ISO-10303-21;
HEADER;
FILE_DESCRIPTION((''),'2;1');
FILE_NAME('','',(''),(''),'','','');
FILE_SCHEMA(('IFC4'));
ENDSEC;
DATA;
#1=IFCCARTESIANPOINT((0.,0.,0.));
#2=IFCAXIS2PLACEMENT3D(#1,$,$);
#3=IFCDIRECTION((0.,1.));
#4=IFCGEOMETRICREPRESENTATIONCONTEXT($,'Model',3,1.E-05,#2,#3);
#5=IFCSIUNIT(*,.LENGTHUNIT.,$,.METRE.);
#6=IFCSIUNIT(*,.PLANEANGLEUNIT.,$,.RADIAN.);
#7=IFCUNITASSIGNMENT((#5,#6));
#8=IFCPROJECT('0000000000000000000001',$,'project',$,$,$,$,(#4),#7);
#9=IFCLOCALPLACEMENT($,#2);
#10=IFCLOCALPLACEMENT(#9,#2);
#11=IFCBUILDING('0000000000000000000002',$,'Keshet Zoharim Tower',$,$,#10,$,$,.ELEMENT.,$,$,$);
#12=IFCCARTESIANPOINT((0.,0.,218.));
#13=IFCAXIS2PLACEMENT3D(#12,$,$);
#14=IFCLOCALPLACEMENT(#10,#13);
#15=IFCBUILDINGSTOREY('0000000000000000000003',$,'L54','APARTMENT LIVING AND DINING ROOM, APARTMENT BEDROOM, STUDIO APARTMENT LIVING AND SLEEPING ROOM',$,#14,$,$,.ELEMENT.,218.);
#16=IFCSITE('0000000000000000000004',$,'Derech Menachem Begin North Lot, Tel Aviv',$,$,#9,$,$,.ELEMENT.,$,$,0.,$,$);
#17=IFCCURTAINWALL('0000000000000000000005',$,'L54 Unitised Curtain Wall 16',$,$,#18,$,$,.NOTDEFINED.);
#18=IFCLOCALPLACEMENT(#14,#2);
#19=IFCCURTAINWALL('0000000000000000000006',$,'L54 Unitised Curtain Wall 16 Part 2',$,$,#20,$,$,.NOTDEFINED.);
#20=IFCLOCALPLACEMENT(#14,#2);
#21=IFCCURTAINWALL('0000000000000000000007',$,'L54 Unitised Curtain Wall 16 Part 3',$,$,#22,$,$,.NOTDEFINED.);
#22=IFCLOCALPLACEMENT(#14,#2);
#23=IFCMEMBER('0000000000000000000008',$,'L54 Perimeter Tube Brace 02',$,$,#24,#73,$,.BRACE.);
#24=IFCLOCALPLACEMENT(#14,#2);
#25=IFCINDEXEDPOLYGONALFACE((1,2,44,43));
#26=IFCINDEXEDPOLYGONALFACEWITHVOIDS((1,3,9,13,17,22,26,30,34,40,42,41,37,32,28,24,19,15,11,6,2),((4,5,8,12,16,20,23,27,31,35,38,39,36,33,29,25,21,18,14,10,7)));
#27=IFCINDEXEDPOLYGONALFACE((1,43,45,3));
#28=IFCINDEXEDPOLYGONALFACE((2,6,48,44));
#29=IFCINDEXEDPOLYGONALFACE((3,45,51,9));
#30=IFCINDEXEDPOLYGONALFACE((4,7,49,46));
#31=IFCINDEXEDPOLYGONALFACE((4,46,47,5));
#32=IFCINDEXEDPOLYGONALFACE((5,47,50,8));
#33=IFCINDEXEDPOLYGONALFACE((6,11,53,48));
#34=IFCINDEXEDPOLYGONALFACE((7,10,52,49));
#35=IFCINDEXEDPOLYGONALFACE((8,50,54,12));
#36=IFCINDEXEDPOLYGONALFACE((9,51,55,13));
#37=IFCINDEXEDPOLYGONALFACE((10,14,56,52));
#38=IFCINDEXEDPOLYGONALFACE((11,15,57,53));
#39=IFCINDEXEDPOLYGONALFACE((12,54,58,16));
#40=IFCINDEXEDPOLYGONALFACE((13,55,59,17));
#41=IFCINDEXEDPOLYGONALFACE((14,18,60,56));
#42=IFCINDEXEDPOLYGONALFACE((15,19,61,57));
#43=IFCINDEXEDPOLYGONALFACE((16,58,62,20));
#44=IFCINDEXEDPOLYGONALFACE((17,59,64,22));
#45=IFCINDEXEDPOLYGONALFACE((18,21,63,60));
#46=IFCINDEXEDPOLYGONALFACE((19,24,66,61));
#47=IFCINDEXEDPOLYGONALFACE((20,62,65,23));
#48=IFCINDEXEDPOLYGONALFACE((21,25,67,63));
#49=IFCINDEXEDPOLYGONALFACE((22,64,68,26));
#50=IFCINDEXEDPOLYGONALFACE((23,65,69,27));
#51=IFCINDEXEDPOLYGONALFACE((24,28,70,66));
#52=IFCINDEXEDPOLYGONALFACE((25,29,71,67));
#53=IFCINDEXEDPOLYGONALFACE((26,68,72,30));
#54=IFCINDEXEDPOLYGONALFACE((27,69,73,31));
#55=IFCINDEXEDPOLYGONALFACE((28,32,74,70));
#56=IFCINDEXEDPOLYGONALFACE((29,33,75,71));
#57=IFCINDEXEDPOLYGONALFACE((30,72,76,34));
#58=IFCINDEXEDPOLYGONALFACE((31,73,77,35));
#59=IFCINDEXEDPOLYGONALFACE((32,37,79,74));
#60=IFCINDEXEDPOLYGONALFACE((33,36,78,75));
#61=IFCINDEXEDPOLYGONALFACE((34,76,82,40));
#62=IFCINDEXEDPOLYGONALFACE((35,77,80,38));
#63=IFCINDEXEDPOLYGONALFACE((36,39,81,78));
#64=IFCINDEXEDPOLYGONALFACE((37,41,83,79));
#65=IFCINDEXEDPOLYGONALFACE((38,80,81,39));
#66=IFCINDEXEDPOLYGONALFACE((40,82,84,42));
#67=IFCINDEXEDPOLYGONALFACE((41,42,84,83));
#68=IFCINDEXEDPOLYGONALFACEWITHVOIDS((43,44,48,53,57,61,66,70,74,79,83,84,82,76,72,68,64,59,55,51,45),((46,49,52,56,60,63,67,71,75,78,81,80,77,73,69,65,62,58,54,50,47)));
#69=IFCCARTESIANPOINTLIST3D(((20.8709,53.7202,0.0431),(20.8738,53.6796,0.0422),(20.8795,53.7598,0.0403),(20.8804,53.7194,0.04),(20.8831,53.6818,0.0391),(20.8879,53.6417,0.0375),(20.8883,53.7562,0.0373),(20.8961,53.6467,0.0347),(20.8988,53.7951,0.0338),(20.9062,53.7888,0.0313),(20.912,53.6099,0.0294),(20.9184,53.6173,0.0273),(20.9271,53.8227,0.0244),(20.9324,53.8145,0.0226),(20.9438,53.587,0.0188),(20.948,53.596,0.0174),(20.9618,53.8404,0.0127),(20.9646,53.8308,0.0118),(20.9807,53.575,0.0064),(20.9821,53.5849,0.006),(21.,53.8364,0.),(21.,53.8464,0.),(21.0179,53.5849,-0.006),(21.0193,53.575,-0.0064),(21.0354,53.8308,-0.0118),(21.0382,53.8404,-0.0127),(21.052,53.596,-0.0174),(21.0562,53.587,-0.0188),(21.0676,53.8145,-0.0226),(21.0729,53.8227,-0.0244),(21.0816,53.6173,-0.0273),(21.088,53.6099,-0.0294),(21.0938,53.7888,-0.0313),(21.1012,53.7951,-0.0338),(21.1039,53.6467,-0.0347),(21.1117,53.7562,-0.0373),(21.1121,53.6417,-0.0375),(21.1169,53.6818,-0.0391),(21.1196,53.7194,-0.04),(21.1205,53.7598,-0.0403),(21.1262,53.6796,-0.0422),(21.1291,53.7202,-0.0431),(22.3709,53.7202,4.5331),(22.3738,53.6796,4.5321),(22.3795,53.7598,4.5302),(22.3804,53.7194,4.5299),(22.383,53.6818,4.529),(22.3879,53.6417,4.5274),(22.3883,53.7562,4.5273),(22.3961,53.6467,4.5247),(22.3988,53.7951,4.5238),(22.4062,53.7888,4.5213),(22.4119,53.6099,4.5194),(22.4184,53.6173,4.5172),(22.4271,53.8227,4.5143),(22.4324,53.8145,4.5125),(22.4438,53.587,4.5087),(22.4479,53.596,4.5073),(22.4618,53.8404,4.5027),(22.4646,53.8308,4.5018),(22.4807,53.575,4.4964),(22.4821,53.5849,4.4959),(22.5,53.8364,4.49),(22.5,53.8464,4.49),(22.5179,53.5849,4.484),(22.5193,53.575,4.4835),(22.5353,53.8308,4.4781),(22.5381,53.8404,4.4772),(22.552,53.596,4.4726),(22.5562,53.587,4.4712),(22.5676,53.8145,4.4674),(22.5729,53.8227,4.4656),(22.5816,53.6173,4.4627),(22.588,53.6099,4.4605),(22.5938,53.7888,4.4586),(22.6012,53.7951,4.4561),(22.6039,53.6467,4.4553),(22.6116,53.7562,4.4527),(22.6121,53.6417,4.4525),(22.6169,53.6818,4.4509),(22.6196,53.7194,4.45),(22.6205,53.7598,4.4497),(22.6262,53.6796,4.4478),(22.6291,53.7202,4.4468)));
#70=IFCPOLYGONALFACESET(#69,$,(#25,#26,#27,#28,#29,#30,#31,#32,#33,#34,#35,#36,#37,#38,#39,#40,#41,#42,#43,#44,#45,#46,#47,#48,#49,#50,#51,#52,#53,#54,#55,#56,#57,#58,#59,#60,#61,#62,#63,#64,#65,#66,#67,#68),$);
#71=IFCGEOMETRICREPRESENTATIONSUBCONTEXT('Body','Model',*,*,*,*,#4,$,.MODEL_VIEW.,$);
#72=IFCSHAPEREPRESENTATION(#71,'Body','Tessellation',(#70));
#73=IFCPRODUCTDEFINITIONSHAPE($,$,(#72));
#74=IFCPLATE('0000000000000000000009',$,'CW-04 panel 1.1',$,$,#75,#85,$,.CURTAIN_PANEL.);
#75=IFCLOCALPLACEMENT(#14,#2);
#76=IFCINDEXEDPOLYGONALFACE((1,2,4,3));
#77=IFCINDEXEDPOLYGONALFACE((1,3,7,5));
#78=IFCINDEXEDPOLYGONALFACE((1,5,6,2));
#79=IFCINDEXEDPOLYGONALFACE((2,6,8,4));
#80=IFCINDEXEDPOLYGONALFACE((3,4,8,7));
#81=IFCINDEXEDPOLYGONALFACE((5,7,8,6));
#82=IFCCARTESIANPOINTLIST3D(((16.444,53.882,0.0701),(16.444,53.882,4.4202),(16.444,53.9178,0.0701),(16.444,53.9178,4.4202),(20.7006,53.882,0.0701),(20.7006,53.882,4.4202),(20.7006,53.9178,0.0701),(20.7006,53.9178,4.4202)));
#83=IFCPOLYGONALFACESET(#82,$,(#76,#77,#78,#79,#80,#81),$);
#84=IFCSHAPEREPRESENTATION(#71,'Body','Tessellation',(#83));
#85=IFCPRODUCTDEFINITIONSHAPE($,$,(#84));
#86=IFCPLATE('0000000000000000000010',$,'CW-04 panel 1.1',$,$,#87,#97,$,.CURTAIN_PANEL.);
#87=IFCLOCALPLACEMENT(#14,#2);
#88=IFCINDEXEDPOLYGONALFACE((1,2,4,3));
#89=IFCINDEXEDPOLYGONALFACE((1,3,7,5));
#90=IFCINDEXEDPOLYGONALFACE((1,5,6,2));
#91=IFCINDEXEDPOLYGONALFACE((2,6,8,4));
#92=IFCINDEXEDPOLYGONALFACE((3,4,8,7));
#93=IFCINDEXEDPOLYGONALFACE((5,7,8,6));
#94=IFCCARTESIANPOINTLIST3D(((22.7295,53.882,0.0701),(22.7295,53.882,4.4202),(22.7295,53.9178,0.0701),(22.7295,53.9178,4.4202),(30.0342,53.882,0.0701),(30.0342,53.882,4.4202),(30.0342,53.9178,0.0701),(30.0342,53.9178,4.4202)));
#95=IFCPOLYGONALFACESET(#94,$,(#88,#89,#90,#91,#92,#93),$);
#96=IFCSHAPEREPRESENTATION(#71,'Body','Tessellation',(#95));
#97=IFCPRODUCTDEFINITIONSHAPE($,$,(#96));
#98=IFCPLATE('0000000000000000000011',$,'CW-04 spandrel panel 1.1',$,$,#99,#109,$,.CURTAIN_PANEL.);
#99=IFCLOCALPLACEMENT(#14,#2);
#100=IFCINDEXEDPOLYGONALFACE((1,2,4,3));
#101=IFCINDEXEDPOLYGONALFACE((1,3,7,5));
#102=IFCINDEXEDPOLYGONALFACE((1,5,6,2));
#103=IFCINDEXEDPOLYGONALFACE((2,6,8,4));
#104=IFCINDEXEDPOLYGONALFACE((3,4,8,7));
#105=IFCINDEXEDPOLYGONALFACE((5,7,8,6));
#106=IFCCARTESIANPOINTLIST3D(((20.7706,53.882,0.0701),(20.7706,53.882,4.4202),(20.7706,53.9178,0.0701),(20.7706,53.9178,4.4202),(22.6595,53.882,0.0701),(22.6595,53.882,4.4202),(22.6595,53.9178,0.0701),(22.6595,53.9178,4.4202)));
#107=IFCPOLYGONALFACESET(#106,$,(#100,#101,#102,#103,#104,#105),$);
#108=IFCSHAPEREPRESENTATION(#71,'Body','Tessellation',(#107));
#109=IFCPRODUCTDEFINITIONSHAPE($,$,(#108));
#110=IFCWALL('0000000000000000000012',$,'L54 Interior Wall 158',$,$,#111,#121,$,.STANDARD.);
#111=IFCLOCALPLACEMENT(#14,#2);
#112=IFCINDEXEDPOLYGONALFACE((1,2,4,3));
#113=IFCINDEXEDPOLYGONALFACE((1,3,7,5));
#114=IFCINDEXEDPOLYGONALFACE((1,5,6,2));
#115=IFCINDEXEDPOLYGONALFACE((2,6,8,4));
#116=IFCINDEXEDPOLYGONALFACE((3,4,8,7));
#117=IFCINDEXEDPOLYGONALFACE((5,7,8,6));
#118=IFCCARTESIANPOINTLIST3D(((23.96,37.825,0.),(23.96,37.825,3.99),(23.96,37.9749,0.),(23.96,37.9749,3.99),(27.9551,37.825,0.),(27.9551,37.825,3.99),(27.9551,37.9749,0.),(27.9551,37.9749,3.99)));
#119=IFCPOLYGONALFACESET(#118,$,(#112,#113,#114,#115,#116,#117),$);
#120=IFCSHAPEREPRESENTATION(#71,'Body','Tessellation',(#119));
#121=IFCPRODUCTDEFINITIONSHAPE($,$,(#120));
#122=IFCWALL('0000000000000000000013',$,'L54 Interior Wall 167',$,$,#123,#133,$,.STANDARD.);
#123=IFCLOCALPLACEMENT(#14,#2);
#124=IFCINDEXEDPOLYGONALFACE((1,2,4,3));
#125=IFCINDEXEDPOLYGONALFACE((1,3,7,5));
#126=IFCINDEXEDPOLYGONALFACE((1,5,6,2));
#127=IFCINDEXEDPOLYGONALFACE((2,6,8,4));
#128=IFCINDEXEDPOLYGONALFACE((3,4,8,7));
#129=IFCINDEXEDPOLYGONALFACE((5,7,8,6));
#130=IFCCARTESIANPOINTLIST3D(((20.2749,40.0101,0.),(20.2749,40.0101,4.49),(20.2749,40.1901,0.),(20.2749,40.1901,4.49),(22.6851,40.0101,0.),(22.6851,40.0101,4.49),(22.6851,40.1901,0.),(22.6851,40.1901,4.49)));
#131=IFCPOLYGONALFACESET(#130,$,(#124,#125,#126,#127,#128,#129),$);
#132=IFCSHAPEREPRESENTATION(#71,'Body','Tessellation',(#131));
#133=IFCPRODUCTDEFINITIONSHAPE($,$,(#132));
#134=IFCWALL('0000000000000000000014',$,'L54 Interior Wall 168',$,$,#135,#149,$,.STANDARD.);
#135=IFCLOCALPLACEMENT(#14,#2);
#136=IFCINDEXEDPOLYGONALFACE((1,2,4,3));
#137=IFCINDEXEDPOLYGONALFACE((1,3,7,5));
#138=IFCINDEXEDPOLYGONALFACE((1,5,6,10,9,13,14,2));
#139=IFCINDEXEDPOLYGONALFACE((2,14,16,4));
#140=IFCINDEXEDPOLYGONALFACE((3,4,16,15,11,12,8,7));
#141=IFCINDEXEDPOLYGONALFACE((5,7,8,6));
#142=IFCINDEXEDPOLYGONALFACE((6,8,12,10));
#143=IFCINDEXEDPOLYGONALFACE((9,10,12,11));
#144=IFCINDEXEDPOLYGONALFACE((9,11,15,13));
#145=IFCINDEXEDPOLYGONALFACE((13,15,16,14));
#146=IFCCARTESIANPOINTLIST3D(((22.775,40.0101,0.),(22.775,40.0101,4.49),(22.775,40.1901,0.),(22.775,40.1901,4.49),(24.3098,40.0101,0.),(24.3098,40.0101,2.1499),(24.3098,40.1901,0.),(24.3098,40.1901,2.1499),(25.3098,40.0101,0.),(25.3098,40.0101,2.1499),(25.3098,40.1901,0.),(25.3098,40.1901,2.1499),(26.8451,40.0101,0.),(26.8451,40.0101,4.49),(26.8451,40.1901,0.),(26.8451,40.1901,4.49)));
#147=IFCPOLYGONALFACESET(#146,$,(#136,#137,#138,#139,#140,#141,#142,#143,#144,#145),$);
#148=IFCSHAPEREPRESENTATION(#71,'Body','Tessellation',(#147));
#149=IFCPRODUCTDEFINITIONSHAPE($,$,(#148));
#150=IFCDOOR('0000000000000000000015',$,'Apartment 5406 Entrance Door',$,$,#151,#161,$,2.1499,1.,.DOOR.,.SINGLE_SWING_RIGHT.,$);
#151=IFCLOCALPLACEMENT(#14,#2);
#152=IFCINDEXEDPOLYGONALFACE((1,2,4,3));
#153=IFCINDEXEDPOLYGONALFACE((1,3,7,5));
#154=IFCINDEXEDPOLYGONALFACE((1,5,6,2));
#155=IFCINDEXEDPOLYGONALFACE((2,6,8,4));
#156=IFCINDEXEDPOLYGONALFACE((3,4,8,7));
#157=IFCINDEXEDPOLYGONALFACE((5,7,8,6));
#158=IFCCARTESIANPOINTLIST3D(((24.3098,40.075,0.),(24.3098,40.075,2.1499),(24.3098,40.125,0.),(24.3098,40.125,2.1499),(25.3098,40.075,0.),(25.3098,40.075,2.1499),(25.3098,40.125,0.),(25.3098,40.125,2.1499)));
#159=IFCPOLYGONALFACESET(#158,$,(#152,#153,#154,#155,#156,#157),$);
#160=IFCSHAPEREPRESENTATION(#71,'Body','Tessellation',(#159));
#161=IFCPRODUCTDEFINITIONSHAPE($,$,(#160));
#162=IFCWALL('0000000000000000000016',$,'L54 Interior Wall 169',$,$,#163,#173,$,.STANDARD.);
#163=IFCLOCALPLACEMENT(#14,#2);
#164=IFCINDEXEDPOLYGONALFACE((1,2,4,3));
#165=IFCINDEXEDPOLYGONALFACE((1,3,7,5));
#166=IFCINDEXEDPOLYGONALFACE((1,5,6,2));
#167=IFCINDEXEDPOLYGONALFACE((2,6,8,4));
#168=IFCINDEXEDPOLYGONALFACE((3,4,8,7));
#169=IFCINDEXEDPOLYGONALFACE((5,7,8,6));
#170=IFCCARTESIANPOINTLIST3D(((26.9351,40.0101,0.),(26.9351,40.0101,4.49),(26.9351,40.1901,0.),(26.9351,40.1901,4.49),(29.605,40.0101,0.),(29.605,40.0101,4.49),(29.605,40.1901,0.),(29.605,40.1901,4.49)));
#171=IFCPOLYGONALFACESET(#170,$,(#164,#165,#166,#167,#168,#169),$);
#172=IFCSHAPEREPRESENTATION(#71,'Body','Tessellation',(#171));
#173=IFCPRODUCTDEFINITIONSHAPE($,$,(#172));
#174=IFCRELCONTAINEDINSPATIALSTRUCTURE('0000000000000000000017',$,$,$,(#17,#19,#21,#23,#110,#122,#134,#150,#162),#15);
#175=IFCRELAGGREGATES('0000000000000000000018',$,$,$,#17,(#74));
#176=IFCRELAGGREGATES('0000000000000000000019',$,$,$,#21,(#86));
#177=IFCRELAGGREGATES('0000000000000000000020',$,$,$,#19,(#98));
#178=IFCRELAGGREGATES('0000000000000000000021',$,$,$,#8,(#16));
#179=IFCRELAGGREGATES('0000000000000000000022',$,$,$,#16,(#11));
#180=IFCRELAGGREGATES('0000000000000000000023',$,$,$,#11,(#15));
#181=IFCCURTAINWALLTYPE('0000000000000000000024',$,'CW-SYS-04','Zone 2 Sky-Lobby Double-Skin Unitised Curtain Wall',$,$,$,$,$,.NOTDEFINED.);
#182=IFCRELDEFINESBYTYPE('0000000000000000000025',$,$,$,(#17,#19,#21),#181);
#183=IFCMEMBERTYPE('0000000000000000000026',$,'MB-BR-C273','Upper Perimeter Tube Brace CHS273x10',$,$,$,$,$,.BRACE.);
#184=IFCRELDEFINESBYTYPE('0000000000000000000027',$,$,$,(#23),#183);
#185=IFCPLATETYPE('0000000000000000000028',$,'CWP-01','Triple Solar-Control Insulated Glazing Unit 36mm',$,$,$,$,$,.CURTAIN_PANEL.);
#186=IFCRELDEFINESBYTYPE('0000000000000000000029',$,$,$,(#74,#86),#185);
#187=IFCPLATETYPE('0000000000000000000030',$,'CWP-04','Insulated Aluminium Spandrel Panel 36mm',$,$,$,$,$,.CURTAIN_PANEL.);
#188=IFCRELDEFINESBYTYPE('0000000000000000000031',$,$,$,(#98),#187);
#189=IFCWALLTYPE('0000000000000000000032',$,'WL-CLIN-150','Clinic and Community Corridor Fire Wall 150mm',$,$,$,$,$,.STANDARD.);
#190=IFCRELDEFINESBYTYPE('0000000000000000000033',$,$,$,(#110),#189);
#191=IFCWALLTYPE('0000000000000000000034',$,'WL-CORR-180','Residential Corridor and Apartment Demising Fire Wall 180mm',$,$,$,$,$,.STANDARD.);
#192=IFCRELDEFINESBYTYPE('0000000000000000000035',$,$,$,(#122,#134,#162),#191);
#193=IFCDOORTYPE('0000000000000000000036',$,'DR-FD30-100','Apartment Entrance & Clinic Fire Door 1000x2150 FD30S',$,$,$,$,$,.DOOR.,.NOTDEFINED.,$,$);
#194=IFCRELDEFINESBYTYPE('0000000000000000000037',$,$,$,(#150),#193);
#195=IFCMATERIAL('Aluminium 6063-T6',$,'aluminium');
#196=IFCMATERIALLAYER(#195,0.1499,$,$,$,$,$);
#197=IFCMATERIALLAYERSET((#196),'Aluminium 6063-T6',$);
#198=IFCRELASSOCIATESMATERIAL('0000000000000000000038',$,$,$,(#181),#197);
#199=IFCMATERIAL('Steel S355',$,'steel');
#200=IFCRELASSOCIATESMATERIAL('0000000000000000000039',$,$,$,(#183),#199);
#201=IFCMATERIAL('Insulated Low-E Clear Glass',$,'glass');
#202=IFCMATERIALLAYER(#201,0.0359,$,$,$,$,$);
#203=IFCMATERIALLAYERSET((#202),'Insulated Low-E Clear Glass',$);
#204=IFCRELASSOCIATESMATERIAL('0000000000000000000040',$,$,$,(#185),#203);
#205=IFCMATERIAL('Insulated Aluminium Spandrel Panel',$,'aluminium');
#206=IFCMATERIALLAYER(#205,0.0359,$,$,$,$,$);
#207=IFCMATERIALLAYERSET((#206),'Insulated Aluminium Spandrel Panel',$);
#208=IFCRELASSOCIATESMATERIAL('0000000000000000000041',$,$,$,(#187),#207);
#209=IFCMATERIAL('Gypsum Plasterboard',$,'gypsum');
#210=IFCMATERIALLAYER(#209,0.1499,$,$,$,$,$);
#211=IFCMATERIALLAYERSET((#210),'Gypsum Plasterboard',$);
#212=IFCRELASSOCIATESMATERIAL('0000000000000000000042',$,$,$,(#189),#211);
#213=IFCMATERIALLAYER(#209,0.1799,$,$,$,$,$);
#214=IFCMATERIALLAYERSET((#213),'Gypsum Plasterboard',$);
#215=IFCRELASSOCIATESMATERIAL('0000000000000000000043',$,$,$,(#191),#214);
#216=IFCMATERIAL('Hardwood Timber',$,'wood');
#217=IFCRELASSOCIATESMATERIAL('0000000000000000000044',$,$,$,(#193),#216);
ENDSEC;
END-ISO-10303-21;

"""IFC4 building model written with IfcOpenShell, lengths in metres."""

from ifc_helpers import new_model, si_unit, direction, frame, frame_2d, origin, origin_2d, place, context, subcontext, project, spatial, rectangle, hollow_circle, extrude, material, layer, layer_set, material_profile, profile_set, type_object, element, fill, aggregate, save


model = new_model("IFC4")

# Units and contexts
model_context = context("Model", 3, precision=1e-05, world=origin(), true_north=direction((0.0, 1.0)))
body_context = subcontext(model_context, "Body", "Model", "MODEL_VIEW")
ifc_project = project(units=[si_unit("LENGTHUNIT", "METRE"), si_unit("PLANEANGLEUNIT", "RADIAN")], contexts=[model_context])

# Site, building, storey
site_placement = place(None, origin())
site = spatial("IfcSite", under=ifc_project, at=site_placement, Name="Derech Menachem Begin North Lot, Tel Aviv", CompositionType="ELEMENT", RefElevation=0.0)
building_placement = place(site_placement, origin())
building = spatial("IfcBuilding", under=site, at=building_placement, Name="Keshet Zoharim Tower", CompositionType="ELEMENT")
storey_placement = place(building_placement, frame((0.0, 0.0, 218.0)))
storey = spatial("IfcBuildingStorey", under=building, at=storey_placement, Name="L54", Description="APARTMENT LIVING AND DINING ROOM, APARTMENT BEDROOM, STUDIO APARTMENT LIVING AND SLEEPING ROOM", CompositionType="ELEMENT", Elevation=218.0)

# Shared definitions
ifc_material_1 = material(Name="Steel S355", Category="steel")

# Curtain wall
ifc_material_2 = material(Name="Aluminium 6063-T6", Category="aluminium")
ifc_layer_1 = layer(ifc_material_2, 0.1499)
ifc_layer_set_1 = layer_set([ifc_layer_1], Name="Aluminium 6063-T6")
curtain_wall_type = type_object("IfcCurtainWallType", Name="CW-SYS-04", Description="Zone 2 Sky-Lobby Double-Skin Unitised Curtain Wall", PredefinedType="NOTDEFINED", material=ifc_layer_set_1)
curtain_wall_1_placement = place(storey_placement, origin())
curtain_wall_1 = element("IfcCurtainWall", 1, at=curtain_wall_1_placement, inside=storey, type_object=curtain_wall_type, Name="L54 Unitised Curtain Wall 16", PredefinedType="NOTDEFINED")

# Curtain walls
curtain_wall_2_placement = place(storey_placement, origin())
curtain_wall_2 = element("IfcCurtainWall", 2, at=curtain_wall_2_placement, inside=storey, type_object=curtain_wall_type, Name="L54 Unitised Curtain Wall 16 Part 2", PredefinedType="NOTDEFINED")
curtain_wall_3_placement = place(storey_placement, origin())
curtain_wall_3 = element("IfcCurtainWall", 3, at=curtain_wall_3_placement, inside=storey, type_object=curtain_wall_type, Name="L54 Unitised Curtain Wall 16 Part 3", PredefinedType="NOTDEFINED")

# Member
ifc_material_profile_1 = material_profile(ifc_material_1, hollow_circle(Radius=0.1365, WallThickness=0.01, at=origin_2d()), Name="CHS273x10")
ifc_profile_set_1 = profile_set([ifc_material_profile_1], Name="Steel S355")
member_type_1 = type_object("IfcMemberType", Name="MB-BR-C273", Description="Upper Perimeter Tube Brace CHS273x10", PredefinedType="BRACE", material=ifc_profile_set_1)
member_1_placement = place(storey_placement, frame((21.0, 53.71, 0.0), z_axis=(0.316862, 0.0, 0.948472), x_axis=(0.0, 1.0, 0.0)))
element("IfcMember", 4, at=member_1_placement, inside=storey, type_object=member_type_1, Name="L54 Perimeter Tube Brace 02", PredefinedType="BRACE", context=body_context, shape_type="SweptSolid", body=[
    extrude(hollow_circle(Radius=0.1365, WallThickness=0.01, at=origin_2d()), origin(), (0.0, 0.0, 1.0), 4.7339),
])

# Plates
ifc_material_3 = material(Name="Insulated Low-E Clear Glass", Category="glass")
ifc_layer_2 = layer(ifc_material_3, 0.0359)
ifc_layer_set_2 = layer_set([ifc_layer_2], Name="Insulated Low-E Clear Glass")
plate_type_1 = type_object("IfcPlateType", Name="CWP-01", Description="Triple Solar-Control Insulated Glazing Unit 36mm", PredefinedType="CURTAIN_PANEL", material=ifc_layer_set_2)
plate_1_placement = place(storey_placement, frame((18.5723, 53.8999, 0.0701), z_axis=(0.0, 0.0, 1.0), x_axis=(1.0, 0.0, 0.0)))
plate_1 = element("IfcPlate", 5, at=plate_1_placement, type_object=plate_type_1, Name="CW-04 panel 1.1", PredefinedType="CURTAIN_PANEL", context=body_context, shape_type="SweptSolid", body=[
    extrude(rectangle(XDim=4.2566, YDim=0.0359, at=origin_2d()), origin(), (0.0, 0.0, 1.0), 4.3501),
])
aggregate(curtain_wall_1, [plate_1])
plate_2_placement = place(storey_placement, frame((26.3818, 53.8999, 0.0701), z_axis=(0.0, 0.0, 1.0), x_axis=(1.0, 0.0, 0.0)))
plate_2 = element("IfcPlate", 6, at=plate_2_placement, type_object=plate_type_1, Name="CW-04 panel 1.1", PredefinedType="CURTAIN_PANEL", context=body_context, shape_type="SweptSolid", body=[
    extrude(rectangle(XDim=7.3047, YDim=0.0359, at=origin_2d()), origin(), (0.0, 0.0, 1.0), 4.3501),
])
aggregate(curtain_wall_3, [plate_2])
ifc_material_4 = material(Name="Insulated Aluminium Spandrel Panel", Category="aluminium")
ifc_layer_3 = layer(ifc_material_4, 0.0359)
ifc_layer_set_3 = layer_set([ifc_layer_3], Name="Insulated Aluminium Spandrel Panel")
plate_type_2 = type_object("IfcPlateType", Name="CWP-04", Description="Insulated Aluminium Spandrel Panel 36mm", PredefinedType="CURTAIN_PANEL", material=ifc_layer_set_3)
plate_3_placement = place(storey_placement, frame((21.7151, 53.8999, 0.0701), z_axis=(0.0, 0.0, 1.0), x_axis=(1.0, 0.0, 0.0)))
plate_3 = element("IfcPlate", 7, at=plate_3_placement, type_object=plate_type_2, Name="CW-04 spandrel panel 1.1", PredefinedType="CURTAIN_PANEL", context=body_context, shape_type="SweptSolid", body=[
    extrude(rectangle(XDim=1.8889, YDim=0.0359, at=origin_2d()), origin(), (0.0, 0.0, 1.0), 4.3501),
])
aggregate(curtain_wall_2, [plate_3])

# Walls
ifc_material_5 = material(Name="Gypsum Plasterboard", Category="gypsum")
ifc_layer_4 = layer(ifc_material_5, 0.1499)
ifc_layer_set_4 = layer_set([ifc_layer_4], Name="Gypsum Plasterboard")
wall_type_1 = type_object("IfcWallType", Name="WL-CLIN-150", Description="Clinic and Community Corridor Fire Wall 150mm", PredefinedType="STANDARD", material=ifc_layer_set_4)
wall_1_placement = place(storey_placement, frame((23.96, 37.8999, 0.0), z_axis=(0.0, 0.0, 1.0), x_axis=(1.0, 0.0, 0.0)))
element("IfcWall", 8, at=wall_1_placement, inside=storey, type_object=wall_type_1, Name="L54 Interior Wall 158", PredefinedType="STANDARD", context=body_context, shape_type="SweptSolid", body=[
    extrude(rectangle(XDim=3.9951, YDim=0.1499, at=frame_2d((1.9976, 0.0))), origin(), (0.0, 0.0, 1.0), 3.99),
])
ifc_layer_5 = layer(ifc_material_5, 0.1799)
ifc_layer_set_5 = layer_set([ifc_layer_5], Name="Gypsum Plasterboard")
wall_type_2 = type_object("IfcWallType", Name="WL-CORR-180", Description="Residential Corridor and Apartment Demising Fire Wall 180mm", PredefinedType="STANDARD", material=ifc_layer_set_5)
wall_2_placement = place(storey_placement, frame((20.2749, 40.1001, 0.0), z_axis=(0.0, 0.0, 1.0), x_axis=(1.0, 0.0, 0.0)))
element("IfcWall", 9, at=wall_2_placement, inside=storey, type_object=wall_type_2, Name="L54 Interior Wall 167", PredefinedType="STANDARD", context=body_context, shape_type="SweptSolid", body=[
    extrude(rectangle(XDim=2.4102, YDim=0.1799, at=frame_2d((1.2051, 0.0))), origin(), (0.0, 0.0, 1.0), 4.49),
])

# Wall, opening, door
wall_3_placement = place(storey_placement, frame((22.7749, 40.1001, 0.0), z_axis=(0.0, 0.0, 1.0), x_axis=(1.0, 0.0, 0.0)))
wall_3 = element("IfcWall", 10, at=wall_3_placement, inside=storey, type_object=wall_type_2, Name="L54 Interior Wall 168", PredefinedType="STANDARD", context=body_context, shape_type="SweptSolid", body=[
    extrude(rectangle(XDim=4.0701, YDim=0.1799, at=frame_2d((2.0352, 0.0))), origin(), (0.0, 0.0, 1.0), 4.49),
])
opening_1_placement = place(wall_3_placement, frame((1.5349, 0.0, 0.0)))
opening_1 = element("IfcOpeningElement", 11, at=opening_1_placement, cuts=wall_3, PredefinedType="OPENING", context=body_context, shape_type="SweptSolid", body=[
    extrude(rectangle(XDim=1.0, YDim=2.1499, at=frame_2d((0.5, 1.075))), frame((0.0, 0.1001, 0.0), z_axis=(0.0, -1.0, 0.0), x_axis=(1.0, 0.0, 0.0)), (0.0, 0.0, 1.0), 0.2),
])
ifc_material_6 = material(Name="Hardwood Timber", Category="wood")
door_type_1 = type_object("IfcDoorType", Name="DR-FD30-100", Description="Apartment Entrance & Clinic Fire Door 1000x2150 FD30S", OperationType="NOTDEFINED", PredefinedType="DOOR", material=ifc_material_6)
door_1_placement = place(opening_1_placement, origin())
door_1 = element("IfcDoor", 12, at=door_1_placement, inside=storey, type_object=door_type_1, Name="Apartment 5406 Entrance Door", OperationType="SINGLE_SWING_RIGHT", OverallHeight=2.1499, OverallWidth=1.0, PredefinedType="DOOR", context=body_context, shape_type="SweptSolid", body=[
    extrude(rectangle(XDim=1.0, YDim=2.1499, at=frame_2d((0.5, 1.075))), frame((0.0, 0.0249, 0.0), z_axis=(0.0, -1.0, 0.0), x_axis=(1.0, 0.0, 0.0)), (0.0, 0.0, 1.0), 0.05),
])
fill(opening_1, door_1)

# Wall
wall_4_placement = place(storey_placement, frame((26.9351, 40.1001, 0.0), z_axis=(0.0, 0.0, 1.0), x_axis=(1.0, 0.0, 0.0)))
element("IfcWall", 13, at=wall_4_placement, inside=storey, type_object=wall_type_2, Name="L54 Interior Wall 169", PredefinedType="STANDARD", context=body_context, shape_type="SweptSolid", body=[
    extrude(rectangle(XDim=2.6699, YDim=0.1799, at=frame_2d((1.335, 0.0))), origin(), (0.0, 0.0, 1.0), 4.49),
])

save(model, "model.ifc")
